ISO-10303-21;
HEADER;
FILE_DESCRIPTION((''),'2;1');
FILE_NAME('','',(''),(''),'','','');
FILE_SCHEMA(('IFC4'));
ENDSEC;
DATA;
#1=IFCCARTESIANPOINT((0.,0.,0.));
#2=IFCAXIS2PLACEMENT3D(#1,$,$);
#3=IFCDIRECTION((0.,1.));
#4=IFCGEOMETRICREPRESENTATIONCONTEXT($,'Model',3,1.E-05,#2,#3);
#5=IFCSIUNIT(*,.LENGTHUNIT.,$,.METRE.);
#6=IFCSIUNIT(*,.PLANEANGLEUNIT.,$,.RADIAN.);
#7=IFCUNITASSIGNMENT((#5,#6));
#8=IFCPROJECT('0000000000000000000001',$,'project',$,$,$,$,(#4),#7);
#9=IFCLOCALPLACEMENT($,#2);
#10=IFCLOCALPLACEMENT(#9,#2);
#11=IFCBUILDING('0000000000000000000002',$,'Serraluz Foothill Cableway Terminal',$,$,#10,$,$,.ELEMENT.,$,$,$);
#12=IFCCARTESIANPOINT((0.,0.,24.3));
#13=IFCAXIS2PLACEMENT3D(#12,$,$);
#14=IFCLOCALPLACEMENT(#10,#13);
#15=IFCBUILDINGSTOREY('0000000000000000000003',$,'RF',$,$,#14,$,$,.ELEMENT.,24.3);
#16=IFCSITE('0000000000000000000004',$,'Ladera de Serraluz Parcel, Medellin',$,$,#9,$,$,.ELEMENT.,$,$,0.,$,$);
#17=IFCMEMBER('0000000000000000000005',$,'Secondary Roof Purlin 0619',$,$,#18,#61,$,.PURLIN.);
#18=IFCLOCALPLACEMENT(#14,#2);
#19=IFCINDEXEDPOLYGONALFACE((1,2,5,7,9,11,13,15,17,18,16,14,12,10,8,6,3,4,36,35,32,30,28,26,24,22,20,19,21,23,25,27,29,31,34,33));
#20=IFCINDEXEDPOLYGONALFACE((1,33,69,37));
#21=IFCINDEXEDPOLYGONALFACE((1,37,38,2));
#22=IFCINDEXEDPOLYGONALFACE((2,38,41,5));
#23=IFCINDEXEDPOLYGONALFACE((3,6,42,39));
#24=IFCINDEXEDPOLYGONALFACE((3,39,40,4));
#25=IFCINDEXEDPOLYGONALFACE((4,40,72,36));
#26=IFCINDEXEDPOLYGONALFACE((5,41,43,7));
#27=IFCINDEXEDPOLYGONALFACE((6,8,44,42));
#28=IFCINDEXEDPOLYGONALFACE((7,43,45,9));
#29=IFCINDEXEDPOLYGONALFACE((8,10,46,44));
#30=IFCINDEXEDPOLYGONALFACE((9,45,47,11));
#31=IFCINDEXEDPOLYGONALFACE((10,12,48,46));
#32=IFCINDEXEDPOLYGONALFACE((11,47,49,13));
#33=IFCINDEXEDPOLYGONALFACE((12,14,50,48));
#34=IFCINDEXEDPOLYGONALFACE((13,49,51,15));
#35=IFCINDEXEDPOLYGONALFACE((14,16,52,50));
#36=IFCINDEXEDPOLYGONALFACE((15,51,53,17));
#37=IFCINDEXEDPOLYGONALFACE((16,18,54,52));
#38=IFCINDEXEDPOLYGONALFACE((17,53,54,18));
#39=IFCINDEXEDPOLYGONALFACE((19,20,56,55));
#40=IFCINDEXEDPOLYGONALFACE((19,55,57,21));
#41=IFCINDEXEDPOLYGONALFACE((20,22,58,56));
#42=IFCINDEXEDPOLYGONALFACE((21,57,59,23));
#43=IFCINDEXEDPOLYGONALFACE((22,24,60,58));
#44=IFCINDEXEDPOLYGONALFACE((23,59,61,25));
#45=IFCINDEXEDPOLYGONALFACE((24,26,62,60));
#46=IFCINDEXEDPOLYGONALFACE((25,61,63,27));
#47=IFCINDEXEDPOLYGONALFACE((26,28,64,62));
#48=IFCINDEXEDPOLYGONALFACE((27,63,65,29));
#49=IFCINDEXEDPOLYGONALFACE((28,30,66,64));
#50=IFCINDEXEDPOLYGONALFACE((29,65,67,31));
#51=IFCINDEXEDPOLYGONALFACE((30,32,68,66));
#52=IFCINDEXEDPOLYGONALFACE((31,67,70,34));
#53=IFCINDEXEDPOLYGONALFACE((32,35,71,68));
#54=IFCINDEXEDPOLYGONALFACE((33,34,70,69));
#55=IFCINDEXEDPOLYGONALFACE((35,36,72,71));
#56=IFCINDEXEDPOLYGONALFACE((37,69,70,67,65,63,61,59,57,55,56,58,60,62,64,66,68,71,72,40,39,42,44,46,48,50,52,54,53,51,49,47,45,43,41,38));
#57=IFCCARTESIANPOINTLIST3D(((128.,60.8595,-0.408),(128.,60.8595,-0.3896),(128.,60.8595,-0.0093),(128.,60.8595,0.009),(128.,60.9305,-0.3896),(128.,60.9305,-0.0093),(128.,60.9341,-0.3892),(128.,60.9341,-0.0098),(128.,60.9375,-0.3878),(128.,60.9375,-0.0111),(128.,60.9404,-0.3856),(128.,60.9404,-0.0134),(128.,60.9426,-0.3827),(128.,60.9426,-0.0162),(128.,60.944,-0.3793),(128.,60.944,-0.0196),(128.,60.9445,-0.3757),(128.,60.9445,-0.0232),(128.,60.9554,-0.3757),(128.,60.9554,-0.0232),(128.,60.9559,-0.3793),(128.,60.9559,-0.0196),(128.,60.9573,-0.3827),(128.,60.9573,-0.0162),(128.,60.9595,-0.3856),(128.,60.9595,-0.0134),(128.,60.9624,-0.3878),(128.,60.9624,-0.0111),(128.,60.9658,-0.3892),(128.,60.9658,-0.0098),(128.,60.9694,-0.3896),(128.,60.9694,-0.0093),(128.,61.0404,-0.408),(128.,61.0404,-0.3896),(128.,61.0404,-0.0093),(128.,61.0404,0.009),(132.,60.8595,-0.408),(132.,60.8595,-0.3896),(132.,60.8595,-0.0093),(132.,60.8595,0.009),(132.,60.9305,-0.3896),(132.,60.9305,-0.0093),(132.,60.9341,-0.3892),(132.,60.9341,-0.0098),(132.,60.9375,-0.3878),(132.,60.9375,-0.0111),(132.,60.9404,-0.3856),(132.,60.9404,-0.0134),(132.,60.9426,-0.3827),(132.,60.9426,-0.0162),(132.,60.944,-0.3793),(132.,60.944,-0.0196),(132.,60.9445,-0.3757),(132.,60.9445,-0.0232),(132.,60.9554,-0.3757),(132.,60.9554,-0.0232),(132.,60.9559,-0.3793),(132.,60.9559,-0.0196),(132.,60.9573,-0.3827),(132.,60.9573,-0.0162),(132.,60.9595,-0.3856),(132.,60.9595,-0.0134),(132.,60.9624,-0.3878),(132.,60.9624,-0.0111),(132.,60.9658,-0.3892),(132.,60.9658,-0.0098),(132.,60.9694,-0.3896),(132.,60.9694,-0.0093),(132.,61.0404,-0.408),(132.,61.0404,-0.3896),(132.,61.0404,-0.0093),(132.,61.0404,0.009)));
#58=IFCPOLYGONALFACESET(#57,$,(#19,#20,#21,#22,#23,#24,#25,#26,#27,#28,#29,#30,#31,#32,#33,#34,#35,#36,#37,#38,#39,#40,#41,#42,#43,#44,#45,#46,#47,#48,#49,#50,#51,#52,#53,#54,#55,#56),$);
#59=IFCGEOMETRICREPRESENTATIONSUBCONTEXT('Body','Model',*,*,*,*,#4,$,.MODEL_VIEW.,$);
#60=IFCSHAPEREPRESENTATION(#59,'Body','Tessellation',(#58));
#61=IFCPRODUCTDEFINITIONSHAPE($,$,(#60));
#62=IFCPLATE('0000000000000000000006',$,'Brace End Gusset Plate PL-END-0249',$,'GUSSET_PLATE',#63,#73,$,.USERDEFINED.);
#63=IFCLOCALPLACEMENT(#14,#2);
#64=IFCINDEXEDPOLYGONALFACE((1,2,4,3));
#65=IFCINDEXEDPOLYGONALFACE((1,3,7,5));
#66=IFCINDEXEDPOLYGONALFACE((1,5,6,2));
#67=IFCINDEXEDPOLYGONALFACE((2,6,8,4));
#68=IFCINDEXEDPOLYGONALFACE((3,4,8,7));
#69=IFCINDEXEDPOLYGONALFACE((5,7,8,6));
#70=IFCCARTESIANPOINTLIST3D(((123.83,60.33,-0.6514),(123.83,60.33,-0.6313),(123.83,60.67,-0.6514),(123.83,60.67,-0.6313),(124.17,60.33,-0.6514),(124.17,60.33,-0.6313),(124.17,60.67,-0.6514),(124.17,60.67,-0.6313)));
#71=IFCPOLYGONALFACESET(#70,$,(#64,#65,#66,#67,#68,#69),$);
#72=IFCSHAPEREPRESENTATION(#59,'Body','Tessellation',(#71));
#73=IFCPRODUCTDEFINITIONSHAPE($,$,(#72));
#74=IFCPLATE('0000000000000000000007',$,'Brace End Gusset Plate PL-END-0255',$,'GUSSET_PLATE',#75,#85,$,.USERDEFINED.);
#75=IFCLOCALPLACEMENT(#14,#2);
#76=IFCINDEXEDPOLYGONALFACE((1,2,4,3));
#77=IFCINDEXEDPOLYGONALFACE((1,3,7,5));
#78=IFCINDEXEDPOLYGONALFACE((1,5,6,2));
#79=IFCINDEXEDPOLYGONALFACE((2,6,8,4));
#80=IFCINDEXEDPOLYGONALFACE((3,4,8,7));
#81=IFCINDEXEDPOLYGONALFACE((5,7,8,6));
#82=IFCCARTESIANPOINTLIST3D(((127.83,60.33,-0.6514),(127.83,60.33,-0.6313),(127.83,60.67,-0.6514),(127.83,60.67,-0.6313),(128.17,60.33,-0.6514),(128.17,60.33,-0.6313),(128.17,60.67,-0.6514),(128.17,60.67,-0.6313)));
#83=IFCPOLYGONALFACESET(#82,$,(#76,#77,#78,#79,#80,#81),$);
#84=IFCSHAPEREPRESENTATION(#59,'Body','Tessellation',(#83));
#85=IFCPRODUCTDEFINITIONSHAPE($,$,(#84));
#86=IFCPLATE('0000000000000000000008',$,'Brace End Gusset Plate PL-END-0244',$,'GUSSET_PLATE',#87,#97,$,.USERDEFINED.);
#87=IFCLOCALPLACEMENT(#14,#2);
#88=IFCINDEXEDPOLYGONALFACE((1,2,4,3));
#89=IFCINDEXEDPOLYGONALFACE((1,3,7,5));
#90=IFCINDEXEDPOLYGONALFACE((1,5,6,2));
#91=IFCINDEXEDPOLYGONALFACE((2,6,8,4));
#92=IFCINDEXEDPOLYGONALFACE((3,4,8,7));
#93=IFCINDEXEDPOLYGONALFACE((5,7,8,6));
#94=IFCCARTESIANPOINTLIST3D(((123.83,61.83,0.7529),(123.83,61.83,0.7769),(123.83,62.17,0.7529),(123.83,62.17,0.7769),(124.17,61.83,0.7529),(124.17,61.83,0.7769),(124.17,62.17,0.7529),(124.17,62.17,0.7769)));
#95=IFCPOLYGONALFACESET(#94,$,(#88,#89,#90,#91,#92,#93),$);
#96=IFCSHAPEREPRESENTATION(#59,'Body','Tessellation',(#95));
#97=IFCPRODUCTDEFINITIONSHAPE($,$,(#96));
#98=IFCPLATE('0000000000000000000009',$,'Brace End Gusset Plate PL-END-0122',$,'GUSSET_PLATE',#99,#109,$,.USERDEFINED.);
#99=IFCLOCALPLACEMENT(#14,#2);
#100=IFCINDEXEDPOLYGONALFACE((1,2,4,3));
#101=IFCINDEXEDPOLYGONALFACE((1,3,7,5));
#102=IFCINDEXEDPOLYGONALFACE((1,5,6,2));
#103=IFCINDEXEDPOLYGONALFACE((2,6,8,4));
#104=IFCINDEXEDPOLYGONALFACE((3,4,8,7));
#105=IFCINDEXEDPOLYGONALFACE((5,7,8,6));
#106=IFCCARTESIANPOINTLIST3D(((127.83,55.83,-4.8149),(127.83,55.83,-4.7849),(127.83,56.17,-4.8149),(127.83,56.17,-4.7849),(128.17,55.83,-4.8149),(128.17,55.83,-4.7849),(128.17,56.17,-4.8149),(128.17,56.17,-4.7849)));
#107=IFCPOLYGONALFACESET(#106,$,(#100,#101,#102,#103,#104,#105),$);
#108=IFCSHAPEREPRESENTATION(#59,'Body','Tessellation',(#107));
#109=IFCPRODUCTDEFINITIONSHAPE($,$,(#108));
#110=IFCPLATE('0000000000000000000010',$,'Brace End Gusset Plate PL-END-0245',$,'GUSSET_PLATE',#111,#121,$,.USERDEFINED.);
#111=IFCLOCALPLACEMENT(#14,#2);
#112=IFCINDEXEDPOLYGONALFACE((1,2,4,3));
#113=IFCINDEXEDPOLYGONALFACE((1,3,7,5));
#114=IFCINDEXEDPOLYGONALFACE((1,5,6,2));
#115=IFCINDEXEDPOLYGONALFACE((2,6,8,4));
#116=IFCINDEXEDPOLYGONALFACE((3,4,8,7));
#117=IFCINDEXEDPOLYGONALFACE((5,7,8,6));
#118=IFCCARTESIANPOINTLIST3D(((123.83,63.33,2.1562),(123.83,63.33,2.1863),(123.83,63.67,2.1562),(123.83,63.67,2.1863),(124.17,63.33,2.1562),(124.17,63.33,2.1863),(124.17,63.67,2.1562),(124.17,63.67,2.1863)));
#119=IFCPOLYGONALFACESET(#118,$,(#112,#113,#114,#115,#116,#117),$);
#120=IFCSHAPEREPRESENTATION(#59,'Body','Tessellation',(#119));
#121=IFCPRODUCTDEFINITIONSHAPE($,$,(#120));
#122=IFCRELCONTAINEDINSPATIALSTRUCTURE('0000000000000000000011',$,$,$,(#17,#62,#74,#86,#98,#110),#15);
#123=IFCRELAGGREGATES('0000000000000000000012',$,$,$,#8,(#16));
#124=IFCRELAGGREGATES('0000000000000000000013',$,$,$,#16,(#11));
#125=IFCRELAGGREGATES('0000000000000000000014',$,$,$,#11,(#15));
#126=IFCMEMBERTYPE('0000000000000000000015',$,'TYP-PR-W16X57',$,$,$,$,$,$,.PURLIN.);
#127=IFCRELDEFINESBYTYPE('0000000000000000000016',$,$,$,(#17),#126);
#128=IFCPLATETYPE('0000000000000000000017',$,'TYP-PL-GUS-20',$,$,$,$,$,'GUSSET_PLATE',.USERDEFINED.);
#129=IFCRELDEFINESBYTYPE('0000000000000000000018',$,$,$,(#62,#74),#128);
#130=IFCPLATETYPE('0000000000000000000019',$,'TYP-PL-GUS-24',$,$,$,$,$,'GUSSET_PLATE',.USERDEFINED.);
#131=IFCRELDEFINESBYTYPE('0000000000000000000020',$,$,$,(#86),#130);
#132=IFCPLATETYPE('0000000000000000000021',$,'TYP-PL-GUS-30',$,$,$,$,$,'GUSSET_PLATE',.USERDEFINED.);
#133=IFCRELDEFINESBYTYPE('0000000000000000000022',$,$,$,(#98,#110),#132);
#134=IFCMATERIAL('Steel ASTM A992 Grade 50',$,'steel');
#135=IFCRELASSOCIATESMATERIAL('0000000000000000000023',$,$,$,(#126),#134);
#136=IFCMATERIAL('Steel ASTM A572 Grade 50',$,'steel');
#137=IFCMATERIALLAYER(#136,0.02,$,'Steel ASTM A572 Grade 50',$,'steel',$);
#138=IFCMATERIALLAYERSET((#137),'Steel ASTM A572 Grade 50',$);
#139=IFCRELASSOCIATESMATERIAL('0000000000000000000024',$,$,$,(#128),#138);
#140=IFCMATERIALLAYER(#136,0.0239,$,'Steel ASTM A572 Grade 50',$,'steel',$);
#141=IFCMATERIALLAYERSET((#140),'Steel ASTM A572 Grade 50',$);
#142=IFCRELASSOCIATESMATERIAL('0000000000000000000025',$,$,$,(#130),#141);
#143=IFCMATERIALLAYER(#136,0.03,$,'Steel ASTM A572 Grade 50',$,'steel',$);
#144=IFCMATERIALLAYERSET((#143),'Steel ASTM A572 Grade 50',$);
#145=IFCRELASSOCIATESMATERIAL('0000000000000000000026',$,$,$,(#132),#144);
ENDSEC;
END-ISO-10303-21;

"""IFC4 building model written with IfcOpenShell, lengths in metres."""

from ifc_helpers import new_model, si_unit, direction, frame, origin, origin_2d, place, context, subcontext, project, spatial, rectangle, i_section, extrude, material, layer, layer_set, material_profile, profile_set, type_object, element, save


model = new_model("IFC4")

# Units and contexts
model_context = context("Model", 3, precision=1e-05, world=origin(), true_north=direction((0.0, 1.0)))
body_context = subcontext(model_context, "Body", "Model", "MODEL_VIEW")
ifc_project = project(units=[si_unit("LENGTHUNIT", "METRE"), si_unit("PLANEANGLEUNIT", "RADIAN")], contexts=[model_context])

# Site, building, storey
site_placement = place(None, origin())
site = spatial("IfcSite", under=ifc_project, at=site_placement, Name="Ladera de Serraluz Parcel, Medellin", CompositionType="ELEMENT", RefElevation=0.0)
building_placement = place(site_placement, origin())
building = spatial("IfcBuilding", under=site, at=building_placement, Name="Serraluz Foothill Cableway Terminal", CompositionType="ELEMENT")
storey_placement = place(building_placement, frame((0.0, 0.0, 24.3)))
storey = spatial("IfcBuildingStorey", under=building, at=storey_placement, Name="RF", CompositionType="ELEMENT", Elevation=24.3)

# Member
ifc_material_1 = material(Name="Steel ASTM A572 Grade 50", Category="steel")
ifc_material_2 = material(Name="Steel ASTM A992 Grade 50", Category="steel")
ifc_material_profile_1 = material_profile(ifc_material_2, i_section(OverallWidth=0.1809, OverallDepth=0.417, WebThickness=0.011, FlangeThickness=0.0183, FilletRadius=0.0139, at=origin_2d()), Name="W16X57")
ifc_profile_set_1 = profile_set([ifc_material_profile_1], Name="Steel ASTM A992 Grade 50")
member_type_1 = type_object("IfcMemberType", Name="TYP-PR-W16X57", PredefinedType="PURLIN", material=ifc_profile_set_1)
for number, where, z_axis, x_axis, name in (
    (1, (128.0, 60.95, -0.1995), (1.0, 0.0, 0.0), (0.0, 1.0, 0.0), "Secondary Roof Purlin 0619"),
):
    element("IfcMember", number, at=place(storey_placement, frame(where, z_axis=z_axis, x_axis=x_axis)), inside=storey, type_object=member_type_1, Name=name, PredefinedType="PURLIN", context=body_context, shape_type="SweptSolid", body=[
        extrude(i_section(OverallWidth=0.1809, OverallDepth=0.417, WebThickness=0.011, FlangeThickness=0.0183, FilletRadius=0.0139, at=origin_2d()), origin(), (0.0, 0.0, 1.0), 4.0),
    ])

# Plates
ifc_layer_1 = layer(ifc_material_1, 0.02, Name="Steel ASTM A572 Grade 50", Category="steel")
ifc_layer_set_1 = layer_set([ifc_layer_1], Name="Steel ASTM A572 Grade 50")
plate_type_1 = type_object("IfcPlateType", Name="TYP-PL-GUS-20", ElementType="GUSSET_PLATE", PredefinedType="USERDEFINED", material=ifc_layer_set_1)
for number, where, z_axis, x_axis, name in (
    (2, (124.0, 60.5, -0.6514), (0.0, 0.0, 1.0), (1.0, 0.0, 0.0), "Brace End Gusset Plate PL-END-0249"),
    (3, (128.0, 60.5, -0.6514), (0.0, 0.0, 1.0), (1.0, 0.0, 0.0), "Brace End Gusset Plate PL-END-0255"),
):
    element("IfcPlate", number, at=place(storey_placement, frame(where, z_axis=z_axis, x_axis=x_axis)), inside=storey, type_object=plate_type_1, Name=name, ObjectType="GUSSET_PLATE", PredefinedType="USERDEFINED", context=body_context, shape_type="SweptSolid", body=[
        extrude(rectangle(XDim=0.3401, YDim=0.3401, at=origin_2d()), origin(), (0.0, 0.0, 1.0), 0.02),
    ])
ifc_layer_2 = layer(ifc_material_1, 0.0239, Name="Steel ASTM A572 Grade 50", Category="steel")
ifc_layer_set_2 = layer_set([ifc_layer_2], Name="Steel ASTM A572 Grade 50")
plate_type_2 = type_object("IfcPlateType", Name="TYP-PL-GUS-24", ElementType="GUSSET_PLATE", PredefinedType="USERDEFINED", material=ifc_layer_set_2)
plate_placement = place(storey_placement, frame((124.0, 62.0, 0.7529), z_axis=(0.0, 0.0, 1.0), x_axis=(1.0, 0.0, 0.0)))
element("IfcPlate", 4, at=plate_placement, inside=storey, type_object=plate_type_2, Name="Brace End Gusset Plate PL-END-0244", ObjectType="GUSSET_PLATE", PredefinedType="USERDEFINED", context=body_context, shape_type="SweptSolid", body=[
    extrude(rectangle(XDim=0.3401, YDim=0.3401, at=origin_2d()), origin(), (0.0, 0.0, 1.0), 0.0239),
])
ifc_layer_3 = layer(ifc_material_1, 0.03, Name="Steel ASTM A572 Grade 50", Category="steel")
ifc_layer_set_3 = layer_set([ifc_layer_3], Name="Steel ASTM A572 Grade 50")
plate_type_3 = type_object("IfcPlateType", Name="TYP-PL-GUS-30", ElementType="GUSSET_PLATE", PredefinedType="USERDEFINED", material=ifc_layer_set_3)
for number, where, z_axis, x_axis, name in (
    (5, (128.0, 56.0, -4.8149), (0.0, 0.0, 1.0), (1.0, 0.0, 0.0), "Brace End Gusset Plate PL-END-0122"),
    (6, (124.0, 63.5, 2.1562), (0.0, 0.0, 1.0), (1.0, 0.0, 0.0), "Brace End Gusset Plate PL-END-0245"),
):
    element("IfcPlate", number, at=place(storey_placement, frame(where, z_axis=z_axis, x_axis=x_axis)), inside=storey, type_object=plate_type_3, Name=name, ObjectType="GUSSET_PLATE", PredefinedType="USERDEFINED", context=body_context, shape_type="SweptSolid", body=[
        extrude(rectangle(XDim=0.3401, YDim=0.3401, at=origin_2d()), origin(), (0.0, 0.0, 1.0), 0.03),
    ])

save(model, "model.ifc")
